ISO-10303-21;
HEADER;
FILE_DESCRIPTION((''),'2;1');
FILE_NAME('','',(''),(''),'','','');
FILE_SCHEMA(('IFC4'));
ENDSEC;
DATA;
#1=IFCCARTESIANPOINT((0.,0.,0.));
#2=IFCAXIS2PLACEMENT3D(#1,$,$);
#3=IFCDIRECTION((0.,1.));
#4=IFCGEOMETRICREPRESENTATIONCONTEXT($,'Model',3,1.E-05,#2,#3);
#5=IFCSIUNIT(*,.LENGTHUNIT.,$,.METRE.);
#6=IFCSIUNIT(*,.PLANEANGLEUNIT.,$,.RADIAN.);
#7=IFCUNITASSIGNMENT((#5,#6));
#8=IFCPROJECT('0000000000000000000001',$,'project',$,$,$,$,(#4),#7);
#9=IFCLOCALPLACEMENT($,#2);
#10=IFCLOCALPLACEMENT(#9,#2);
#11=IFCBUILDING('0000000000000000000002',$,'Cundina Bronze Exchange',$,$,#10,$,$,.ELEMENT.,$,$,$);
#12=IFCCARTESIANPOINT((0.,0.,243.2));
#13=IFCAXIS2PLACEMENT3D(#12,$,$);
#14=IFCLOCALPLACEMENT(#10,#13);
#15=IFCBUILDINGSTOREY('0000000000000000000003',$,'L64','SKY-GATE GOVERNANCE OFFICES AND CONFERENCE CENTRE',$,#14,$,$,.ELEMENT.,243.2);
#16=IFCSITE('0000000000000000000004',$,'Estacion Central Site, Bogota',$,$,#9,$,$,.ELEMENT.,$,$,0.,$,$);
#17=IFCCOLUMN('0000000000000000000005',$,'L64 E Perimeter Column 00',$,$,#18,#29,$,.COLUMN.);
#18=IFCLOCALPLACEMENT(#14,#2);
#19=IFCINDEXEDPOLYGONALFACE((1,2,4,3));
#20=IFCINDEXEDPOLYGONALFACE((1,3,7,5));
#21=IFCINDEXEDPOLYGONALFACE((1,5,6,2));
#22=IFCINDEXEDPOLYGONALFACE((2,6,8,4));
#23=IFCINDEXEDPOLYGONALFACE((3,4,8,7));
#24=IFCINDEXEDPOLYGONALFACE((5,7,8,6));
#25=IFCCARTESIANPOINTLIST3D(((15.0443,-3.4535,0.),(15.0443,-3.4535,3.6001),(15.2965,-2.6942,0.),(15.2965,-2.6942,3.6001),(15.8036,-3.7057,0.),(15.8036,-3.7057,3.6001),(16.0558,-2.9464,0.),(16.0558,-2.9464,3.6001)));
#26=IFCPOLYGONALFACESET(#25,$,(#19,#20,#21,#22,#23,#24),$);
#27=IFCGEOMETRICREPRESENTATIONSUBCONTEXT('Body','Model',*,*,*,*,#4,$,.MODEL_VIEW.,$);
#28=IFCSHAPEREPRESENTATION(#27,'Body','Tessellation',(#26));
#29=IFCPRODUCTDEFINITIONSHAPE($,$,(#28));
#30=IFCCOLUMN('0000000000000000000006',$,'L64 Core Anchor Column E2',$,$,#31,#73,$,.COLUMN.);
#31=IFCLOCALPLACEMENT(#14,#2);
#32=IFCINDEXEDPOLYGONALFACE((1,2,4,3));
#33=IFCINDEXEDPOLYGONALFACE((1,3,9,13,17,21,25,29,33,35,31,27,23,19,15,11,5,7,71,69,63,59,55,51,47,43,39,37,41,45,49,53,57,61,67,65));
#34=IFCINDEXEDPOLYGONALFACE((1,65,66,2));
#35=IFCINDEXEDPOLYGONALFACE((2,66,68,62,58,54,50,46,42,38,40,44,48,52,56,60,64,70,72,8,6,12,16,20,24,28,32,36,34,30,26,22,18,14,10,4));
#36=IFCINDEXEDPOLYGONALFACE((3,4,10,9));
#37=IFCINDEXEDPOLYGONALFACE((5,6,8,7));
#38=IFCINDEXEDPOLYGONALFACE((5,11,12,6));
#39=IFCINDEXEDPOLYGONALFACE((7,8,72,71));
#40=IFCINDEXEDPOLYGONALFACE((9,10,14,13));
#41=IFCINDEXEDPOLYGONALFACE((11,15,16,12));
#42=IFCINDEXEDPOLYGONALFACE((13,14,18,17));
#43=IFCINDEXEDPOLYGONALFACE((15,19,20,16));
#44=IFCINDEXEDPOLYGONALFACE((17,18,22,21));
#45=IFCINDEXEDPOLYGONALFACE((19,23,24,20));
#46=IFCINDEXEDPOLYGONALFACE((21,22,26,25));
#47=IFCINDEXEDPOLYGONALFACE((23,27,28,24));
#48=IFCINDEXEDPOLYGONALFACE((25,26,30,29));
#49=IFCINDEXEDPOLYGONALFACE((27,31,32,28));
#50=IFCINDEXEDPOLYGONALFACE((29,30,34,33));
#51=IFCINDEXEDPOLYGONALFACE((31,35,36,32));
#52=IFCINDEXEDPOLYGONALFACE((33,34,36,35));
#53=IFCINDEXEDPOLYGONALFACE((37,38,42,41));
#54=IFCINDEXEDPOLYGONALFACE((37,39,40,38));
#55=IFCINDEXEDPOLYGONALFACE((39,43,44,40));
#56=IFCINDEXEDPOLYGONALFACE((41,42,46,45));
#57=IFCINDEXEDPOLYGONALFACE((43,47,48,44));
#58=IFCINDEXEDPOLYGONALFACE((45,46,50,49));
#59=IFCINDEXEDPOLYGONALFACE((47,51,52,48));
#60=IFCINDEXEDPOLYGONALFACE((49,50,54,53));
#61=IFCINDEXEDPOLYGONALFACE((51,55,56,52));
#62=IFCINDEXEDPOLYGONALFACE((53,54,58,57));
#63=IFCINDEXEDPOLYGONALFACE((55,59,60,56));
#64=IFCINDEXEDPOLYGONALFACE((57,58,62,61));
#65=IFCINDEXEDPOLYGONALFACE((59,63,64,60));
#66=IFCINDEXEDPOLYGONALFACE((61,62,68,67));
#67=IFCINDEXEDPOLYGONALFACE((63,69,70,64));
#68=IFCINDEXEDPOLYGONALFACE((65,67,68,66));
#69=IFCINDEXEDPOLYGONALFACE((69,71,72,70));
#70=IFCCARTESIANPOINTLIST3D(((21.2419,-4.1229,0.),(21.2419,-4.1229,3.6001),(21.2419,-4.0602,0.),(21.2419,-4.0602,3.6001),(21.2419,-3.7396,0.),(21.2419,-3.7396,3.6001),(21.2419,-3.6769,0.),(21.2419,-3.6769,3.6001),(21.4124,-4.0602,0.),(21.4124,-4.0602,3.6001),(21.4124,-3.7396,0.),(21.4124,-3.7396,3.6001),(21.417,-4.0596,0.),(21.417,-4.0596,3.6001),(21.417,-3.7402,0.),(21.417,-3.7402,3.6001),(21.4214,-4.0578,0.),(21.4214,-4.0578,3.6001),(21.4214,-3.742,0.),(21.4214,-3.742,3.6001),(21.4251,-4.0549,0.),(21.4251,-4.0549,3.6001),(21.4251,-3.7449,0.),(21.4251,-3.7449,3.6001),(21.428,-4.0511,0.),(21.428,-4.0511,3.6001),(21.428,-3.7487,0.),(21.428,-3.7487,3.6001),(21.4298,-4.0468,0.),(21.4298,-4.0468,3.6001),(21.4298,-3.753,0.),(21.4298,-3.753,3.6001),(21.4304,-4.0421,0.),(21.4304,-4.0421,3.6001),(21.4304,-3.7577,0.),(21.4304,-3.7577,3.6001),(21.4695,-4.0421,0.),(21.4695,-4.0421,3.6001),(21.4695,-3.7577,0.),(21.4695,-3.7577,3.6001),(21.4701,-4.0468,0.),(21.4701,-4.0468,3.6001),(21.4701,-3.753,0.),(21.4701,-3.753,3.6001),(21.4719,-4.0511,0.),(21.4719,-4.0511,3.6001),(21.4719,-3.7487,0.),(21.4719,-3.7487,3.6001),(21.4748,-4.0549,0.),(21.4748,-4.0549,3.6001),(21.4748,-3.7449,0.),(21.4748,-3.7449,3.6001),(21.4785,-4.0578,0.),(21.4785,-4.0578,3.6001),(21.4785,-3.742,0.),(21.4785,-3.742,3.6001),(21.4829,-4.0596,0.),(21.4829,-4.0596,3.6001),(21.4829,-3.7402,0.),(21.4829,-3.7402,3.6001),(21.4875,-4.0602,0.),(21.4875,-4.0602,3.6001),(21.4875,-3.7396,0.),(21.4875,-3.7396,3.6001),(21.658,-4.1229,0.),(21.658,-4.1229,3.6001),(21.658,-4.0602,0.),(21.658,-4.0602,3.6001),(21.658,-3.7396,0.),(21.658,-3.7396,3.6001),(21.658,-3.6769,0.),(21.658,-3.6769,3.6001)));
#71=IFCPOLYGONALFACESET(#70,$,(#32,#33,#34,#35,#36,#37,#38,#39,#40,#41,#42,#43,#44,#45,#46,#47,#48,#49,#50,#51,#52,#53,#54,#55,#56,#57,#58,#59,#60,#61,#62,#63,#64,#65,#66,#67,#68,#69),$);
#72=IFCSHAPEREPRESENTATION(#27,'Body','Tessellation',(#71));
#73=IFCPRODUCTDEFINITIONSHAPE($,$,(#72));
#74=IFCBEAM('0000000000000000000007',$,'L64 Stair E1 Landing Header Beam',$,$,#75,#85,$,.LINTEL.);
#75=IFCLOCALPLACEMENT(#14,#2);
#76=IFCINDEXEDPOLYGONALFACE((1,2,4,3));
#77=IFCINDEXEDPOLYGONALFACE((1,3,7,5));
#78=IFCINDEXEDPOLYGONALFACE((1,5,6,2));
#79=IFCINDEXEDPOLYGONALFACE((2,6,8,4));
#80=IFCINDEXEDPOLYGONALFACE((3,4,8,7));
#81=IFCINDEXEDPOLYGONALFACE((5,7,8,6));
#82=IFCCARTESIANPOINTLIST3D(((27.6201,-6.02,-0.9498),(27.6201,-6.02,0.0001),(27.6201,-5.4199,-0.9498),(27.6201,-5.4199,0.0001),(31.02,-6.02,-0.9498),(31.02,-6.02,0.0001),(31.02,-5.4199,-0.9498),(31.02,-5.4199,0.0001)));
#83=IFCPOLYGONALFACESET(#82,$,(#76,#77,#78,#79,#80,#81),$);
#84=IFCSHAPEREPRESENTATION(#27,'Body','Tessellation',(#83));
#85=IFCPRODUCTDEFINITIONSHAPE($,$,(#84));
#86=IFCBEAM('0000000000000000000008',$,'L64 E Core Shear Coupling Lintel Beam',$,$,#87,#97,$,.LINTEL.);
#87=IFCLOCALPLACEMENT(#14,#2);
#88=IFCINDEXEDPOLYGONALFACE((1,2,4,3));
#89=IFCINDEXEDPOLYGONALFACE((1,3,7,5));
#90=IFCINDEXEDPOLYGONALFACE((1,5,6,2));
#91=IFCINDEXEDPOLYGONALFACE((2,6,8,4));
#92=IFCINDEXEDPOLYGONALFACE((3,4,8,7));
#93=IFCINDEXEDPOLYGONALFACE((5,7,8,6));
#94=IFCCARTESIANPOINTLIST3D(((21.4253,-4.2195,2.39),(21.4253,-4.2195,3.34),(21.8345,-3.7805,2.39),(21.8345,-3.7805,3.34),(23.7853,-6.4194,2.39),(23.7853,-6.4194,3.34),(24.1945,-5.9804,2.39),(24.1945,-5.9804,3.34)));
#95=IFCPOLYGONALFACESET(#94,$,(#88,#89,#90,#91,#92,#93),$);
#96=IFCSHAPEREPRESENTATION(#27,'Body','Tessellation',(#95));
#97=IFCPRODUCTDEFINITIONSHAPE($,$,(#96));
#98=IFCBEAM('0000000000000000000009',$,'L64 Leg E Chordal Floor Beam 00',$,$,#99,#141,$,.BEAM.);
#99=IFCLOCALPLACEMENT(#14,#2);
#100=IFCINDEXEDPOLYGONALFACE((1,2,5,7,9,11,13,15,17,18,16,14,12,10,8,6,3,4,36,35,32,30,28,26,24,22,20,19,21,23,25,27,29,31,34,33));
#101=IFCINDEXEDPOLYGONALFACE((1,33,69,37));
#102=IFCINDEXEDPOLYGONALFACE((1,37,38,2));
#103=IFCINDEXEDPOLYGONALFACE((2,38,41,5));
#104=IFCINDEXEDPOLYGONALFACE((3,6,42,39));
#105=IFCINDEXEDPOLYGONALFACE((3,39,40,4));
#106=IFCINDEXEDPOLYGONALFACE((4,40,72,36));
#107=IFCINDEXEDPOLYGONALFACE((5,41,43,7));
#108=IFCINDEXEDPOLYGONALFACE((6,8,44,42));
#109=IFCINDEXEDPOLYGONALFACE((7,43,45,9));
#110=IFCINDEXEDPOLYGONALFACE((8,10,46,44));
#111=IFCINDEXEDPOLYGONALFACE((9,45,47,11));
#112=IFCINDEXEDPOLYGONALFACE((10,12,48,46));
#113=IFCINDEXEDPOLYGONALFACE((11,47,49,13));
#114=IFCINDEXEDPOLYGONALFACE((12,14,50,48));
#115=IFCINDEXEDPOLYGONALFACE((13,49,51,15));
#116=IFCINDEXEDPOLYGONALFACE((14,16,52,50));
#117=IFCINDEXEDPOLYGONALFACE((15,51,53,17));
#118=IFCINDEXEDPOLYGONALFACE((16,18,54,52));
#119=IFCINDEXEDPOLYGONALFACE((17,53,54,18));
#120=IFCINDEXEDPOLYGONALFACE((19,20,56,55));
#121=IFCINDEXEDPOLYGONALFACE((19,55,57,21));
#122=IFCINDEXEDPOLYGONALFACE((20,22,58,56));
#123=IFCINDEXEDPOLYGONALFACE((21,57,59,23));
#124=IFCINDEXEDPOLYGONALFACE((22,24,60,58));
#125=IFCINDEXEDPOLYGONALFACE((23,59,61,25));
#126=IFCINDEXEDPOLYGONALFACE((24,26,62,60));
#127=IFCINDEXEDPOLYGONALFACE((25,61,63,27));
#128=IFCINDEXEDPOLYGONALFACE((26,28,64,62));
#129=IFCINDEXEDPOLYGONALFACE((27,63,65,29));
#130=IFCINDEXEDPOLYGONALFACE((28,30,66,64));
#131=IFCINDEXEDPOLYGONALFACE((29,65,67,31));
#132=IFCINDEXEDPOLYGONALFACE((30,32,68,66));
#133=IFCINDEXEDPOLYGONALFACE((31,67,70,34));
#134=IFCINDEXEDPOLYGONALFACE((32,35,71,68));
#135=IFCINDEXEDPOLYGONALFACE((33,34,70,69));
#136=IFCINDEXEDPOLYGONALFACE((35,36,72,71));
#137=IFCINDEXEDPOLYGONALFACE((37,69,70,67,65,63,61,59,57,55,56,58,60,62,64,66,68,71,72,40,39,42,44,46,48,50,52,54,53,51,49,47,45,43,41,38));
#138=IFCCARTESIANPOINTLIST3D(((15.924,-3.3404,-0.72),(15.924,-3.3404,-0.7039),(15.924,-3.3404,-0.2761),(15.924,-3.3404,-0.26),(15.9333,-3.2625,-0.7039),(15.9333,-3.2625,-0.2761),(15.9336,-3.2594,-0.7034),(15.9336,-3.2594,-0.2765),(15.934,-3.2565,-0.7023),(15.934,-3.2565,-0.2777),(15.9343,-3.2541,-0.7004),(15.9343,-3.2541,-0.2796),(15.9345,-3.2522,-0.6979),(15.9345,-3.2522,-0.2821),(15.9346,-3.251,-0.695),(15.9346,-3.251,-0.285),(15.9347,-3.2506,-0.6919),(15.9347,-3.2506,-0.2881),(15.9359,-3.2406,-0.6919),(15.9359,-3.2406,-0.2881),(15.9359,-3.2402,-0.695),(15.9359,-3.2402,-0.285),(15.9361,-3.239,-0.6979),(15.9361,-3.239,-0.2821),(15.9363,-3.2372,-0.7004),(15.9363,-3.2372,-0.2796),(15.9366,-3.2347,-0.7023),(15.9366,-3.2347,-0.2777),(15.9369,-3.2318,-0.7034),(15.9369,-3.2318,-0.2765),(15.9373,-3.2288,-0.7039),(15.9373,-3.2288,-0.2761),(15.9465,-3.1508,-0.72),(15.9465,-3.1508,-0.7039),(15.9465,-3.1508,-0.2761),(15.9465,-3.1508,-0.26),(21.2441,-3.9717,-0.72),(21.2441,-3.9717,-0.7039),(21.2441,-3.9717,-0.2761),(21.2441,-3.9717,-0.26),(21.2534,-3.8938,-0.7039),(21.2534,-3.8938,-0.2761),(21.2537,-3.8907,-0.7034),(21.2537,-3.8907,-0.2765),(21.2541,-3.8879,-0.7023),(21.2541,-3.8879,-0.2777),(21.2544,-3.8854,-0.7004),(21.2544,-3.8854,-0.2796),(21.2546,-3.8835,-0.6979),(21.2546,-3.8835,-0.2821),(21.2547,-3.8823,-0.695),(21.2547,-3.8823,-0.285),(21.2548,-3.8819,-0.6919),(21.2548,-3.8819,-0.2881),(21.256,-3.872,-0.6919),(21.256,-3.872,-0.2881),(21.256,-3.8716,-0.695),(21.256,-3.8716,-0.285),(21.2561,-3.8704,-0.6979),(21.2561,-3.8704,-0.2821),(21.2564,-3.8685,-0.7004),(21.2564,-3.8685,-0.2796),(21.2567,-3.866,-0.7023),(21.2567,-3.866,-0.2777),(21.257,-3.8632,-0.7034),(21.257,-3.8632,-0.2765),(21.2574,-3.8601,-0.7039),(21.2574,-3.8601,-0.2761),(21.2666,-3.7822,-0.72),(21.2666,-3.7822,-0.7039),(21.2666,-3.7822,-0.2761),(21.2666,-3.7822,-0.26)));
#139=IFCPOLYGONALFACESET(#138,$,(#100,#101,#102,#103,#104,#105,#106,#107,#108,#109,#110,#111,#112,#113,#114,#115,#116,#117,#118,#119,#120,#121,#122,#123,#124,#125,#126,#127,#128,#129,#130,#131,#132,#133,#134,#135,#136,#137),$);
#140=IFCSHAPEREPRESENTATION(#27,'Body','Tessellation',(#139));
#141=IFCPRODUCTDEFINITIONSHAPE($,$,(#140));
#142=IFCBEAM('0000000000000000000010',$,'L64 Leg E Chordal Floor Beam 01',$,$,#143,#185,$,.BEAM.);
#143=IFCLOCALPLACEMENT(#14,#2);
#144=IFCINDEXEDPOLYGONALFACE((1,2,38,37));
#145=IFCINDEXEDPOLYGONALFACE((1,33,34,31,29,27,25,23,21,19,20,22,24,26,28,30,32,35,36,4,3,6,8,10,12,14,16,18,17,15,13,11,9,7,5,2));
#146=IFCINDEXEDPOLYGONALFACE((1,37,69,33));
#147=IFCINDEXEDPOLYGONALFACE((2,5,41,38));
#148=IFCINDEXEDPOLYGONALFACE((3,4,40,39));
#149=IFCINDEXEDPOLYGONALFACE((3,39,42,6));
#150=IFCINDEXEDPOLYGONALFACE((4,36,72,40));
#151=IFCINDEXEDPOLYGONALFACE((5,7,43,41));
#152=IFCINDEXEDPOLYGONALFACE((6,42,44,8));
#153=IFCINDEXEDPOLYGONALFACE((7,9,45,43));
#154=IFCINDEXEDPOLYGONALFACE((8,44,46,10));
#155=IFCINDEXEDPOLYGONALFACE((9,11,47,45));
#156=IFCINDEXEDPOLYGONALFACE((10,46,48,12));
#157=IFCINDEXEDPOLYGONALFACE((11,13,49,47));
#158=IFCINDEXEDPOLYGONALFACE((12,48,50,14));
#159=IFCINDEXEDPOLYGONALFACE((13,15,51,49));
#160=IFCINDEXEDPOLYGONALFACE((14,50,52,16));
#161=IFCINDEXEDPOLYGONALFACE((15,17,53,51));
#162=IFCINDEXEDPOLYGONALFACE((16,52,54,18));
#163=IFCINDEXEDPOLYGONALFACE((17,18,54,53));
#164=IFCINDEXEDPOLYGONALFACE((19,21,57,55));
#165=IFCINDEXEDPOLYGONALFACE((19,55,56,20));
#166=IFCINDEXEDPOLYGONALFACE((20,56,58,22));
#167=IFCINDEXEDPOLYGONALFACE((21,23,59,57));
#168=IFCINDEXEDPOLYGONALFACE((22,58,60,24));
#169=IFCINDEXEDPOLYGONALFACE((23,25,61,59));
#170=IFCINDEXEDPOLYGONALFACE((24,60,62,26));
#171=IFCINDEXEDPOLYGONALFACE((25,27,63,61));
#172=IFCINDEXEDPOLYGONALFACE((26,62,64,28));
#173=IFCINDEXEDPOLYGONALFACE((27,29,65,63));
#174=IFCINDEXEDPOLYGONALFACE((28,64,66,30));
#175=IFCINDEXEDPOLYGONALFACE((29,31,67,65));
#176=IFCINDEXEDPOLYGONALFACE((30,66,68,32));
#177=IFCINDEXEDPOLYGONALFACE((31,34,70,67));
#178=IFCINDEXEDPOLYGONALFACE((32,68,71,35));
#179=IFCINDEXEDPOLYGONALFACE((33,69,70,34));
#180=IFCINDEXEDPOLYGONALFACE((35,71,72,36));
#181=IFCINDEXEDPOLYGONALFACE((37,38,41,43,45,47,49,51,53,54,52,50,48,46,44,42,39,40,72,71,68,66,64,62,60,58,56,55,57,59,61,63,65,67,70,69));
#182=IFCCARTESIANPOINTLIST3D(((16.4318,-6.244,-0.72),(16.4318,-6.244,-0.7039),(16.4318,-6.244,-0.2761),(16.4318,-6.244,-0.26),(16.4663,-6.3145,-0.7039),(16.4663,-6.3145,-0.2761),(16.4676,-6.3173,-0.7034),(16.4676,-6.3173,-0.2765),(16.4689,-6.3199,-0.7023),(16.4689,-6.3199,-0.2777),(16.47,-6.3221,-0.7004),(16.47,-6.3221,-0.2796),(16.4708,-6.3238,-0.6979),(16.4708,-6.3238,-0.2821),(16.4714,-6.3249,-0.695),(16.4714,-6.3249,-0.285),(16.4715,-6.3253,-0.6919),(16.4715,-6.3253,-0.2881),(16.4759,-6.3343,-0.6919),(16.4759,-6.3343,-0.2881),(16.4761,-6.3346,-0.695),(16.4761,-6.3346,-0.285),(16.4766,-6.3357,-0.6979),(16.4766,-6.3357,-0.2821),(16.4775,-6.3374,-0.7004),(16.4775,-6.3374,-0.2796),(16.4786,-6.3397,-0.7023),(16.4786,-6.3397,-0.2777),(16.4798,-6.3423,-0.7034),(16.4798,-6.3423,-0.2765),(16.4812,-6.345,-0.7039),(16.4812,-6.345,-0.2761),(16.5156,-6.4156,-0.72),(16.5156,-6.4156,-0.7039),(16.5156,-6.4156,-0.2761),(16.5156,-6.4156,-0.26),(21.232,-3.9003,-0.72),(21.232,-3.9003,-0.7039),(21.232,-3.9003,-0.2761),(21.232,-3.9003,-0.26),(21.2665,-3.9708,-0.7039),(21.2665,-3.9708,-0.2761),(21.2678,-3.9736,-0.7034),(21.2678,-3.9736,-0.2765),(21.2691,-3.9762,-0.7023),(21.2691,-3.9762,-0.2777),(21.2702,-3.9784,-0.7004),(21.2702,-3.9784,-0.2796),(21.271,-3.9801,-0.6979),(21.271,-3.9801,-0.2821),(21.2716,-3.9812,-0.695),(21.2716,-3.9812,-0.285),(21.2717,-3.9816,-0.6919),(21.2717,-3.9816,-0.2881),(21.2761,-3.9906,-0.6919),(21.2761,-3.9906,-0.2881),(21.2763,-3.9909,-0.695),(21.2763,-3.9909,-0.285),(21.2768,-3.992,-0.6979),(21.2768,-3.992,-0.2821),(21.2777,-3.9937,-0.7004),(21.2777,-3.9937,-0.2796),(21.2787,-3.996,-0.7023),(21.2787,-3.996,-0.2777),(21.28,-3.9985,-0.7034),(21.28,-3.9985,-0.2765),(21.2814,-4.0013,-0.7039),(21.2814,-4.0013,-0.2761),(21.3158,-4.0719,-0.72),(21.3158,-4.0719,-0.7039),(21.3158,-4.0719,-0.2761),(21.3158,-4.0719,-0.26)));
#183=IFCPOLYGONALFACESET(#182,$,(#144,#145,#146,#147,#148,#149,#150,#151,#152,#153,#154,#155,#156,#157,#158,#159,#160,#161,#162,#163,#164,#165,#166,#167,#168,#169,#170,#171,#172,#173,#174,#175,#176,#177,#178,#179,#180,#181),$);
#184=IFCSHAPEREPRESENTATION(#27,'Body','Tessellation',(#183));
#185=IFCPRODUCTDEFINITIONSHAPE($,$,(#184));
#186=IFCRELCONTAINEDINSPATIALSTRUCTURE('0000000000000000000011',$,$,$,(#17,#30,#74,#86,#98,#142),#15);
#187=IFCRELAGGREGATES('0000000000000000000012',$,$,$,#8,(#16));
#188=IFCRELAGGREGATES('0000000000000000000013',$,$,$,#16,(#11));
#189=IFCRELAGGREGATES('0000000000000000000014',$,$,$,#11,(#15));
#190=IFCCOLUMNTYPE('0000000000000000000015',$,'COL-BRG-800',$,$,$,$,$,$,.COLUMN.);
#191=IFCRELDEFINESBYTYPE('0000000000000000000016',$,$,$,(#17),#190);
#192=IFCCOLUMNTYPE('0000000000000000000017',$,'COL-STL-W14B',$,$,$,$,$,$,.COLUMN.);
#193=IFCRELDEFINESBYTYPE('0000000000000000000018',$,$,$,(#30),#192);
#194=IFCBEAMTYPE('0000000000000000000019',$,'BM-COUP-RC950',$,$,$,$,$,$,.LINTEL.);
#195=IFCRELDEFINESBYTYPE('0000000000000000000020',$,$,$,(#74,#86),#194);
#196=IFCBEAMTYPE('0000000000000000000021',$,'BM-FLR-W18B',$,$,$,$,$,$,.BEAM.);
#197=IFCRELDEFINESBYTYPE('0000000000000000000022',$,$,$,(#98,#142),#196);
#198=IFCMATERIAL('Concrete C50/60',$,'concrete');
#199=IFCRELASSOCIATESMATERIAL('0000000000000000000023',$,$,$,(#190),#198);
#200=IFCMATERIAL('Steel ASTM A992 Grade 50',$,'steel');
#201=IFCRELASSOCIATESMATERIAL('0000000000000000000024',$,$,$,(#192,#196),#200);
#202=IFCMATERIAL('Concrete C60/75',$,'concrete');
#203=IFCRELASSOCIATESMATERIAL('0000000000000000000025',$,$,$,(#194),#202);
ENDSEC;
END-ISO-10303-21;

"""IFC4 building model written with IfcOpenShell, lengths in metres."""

from ifc_helpers import new_model, si_unit, direction, frame, origin, origin_2d, place, context, subcontext, project, spatial, rectangle, i_section, extrude, material, material_profile, profile_set, type_object, element, save


model = new_model("IFC4")

# Units and contexts
model_context = context("Model", 3, precision=1e-05, world=origin(), true_north=direction((0.0, 1.0)))
body_context = subcontext(model_context, "Body", "Model", "MODEL_VIEW")
ifc_project = project(units=[si_unit("LENGTHUNIT", "METRE"), si_unit("PLANEANGLEUNIT", "RADIAN")], contexts=[model_context])

# Site, building, storey
site_placement = place(None, origin())
site = spatial("IfcSite", under=ifc_project, at=site_placement, Name="Estacion Central Site, Bogota", CompositionType="ELEMENT", RefElevation=0.0)
building_placement = place(site_placement, origin())
building = spatial("IfcBuilding", under=site, at=building_placement, Name="Cundina Bronze Exchange", CompositionType="ELEMENT")
storey_placement = place(building_placement, frame((0.0, 0.0, 243.2)))
storey = spatial("IfcBuildingStorey", under=building, at=storey_placement, Name="L64", Description="SKY-GATE GOVERNANCE OFFICES AND CONFERENCE CENTRE", CompositionType="ELEMENT", Elevation=243.2)

# Columns
ifc_material_1 = material(Name="Concrete C50/60", Category="concrete")
ifc_material_profile_1 = material_profile(ifc_material_1, rectangle(XDim=0.8, YDim=0.8, at=origin_2d()), Name="RC800X800", Category="concrete")
ifc_profile_set_1 = profile_set([ifc_material_profile_1], Name="Concrete C50/60")
column_type_1 = type_object("IfcColumnType", Name="COL-BRG-800", PredefinedType="COLUMN", material=ifc_profile_set_1)
column_1_placement = place(storey_placement, frame((15.55, -3.2, 0.0), z_axis=(0.0, 0.0, 1.0), x_axis=(-0.315152, -0.949041, 0.0)))
element("IfcColumn", 1, at=column_1_placement, inside=storey, type_object=column_type_1, Name="L64 E Perimeter Column 00", PredefinedType="COLUMN", context=body_context, shape_type="SweptSolid", body=[
    extrude(rectangle(XDim=0.8, YDim=0.8, at=origin_2d()), origin(), (0.0, 0.0, 1.0), 3.6001),
])
ifc_material_2 = material(Name="Steel ASTM A992 Grade 50", Category="steel")
ifc_material_profile_2 = material_profile(ifc_material_2, i_section(OverallWidth=0.416, OverallDepth=0.446, WebThickness=0.0391, FlangeThickness=0.0627, FilletRadius=0.0181, at=origin_2d()), Name="W14X342", Category="steel")
ifc_profile_set_2 = profile_set([ifc_material_profile_2], Name="Steel ASTM A992 Grade 50")
column_type_2 = type_object("IfcColumnType", Name="COL-STL-W14B", PredefinedType="COLUMN", material=ifc_profile_set_2)
column_2_placement = place(storey_placement, frame((21.45, -3.8999, 0.0), z_axis=(0.0, 0.0, 1.0), x_axis=(1.0, 0.0, 0.0)))
element("IfcColumn", 2, at=column_2_placement, inside=storey, type_object=column_type_2, Name="L64 Core Anchor Column E2", PredefinedType="COLUMN", context=body_context, shape_type="SweptSolid", body=[
    extrude(i_section(OverallWidth=0.416, OverallDepth=0.446, WebThickness=0.0391, FlangeThickness=0.0627, FilletRadius=0.0181, at=origin_2d()), origin(), (0.0, 0.0, 1.0), 3.6001),
])

# Beams
ifc_material_3 = material(Name="Concrete C60/75", Category="concrete")
ifc_material_profile_3 = material_profile(ifc_material_3, rectangle(XDim=0.6001, YDim=0.95, at=origin_2d()), Name="RC600X950", Category="concrete")
ifc_profile_set_3 = profile_set([ifc_material_profile_3], Name="Concrete C60/75")
beam_type_1 = type_object("IfcBeamType", Name="BM-COUP-RC950", PredefinedType="LINTEL", material=ifc_profile_set_3)
beam_1_placement = place(storey_placement, frame((27.6201, -5.72, -0.4749), z_axis=(1.0, 0.0, 0.0), x_axis=(0.0, 1.0, 0.0)))
element("IfcBeam", 3, at=beam_1_placement, inside=storey, type_object=beam_type_1, Name="L64 Stair E1 Landing Header Beam", PredefinedType="LINTEL", context=body_context, shape_type="SweptSolid", body=[
    extrude(rectangle(XDim=0.6001, YDim=0.95, at=origin_2d()), origin(), (0.0, 0.0, 1.0), 3.3999),
])
beam_2_placement = place(storey_placement, frame((21.6299, -4.0, 2.865), z_axis=(0.73149, -0.681852, 0.0), x_axis=(0.681852, 0.73149, 0.0)))
element("IfcBeam", 4, at=beam_2_placement, inside=storey, type_object=beam_type_1, Name="L64 E Core Shear Coupling Lintel Beam", PredefinedType="LINTEL", context=body_context, shape_type="SweptSolid", body=[
    extrude(rectangle(XDim=0.6001, YDim=0.95, at=origin_2d()), origin(), (0.0, 0.0, 1.0), 3.2263),
])
ifc_material_profile_4 = material_profile(ifc_material_2, i_section(OverallWidth=0.1909, OverallDepth=0.46, WebThickness=0.01, FlangeThickness=0.0161, FilletRadius=0.012, at=origin_2d()), Name="W18X55", Category="steel")
ifc_profile_set_4 = profile_set([ifc_material_profile_4], Name="Steel ASTM A992 Grade 50")
beam_type_2 = type_object("IfcBeamType", Name="BM-FLR-W18B", PredefinedType="BEAM", material=ifc_profile_set_4)
beam_3_placement = place(storey_placement, frame((21.2554, -3.877, -0.49), z_axis=(-0.993032, 0.117846, 0.0), x_axis=(-0.117846, -0.993032, 0.0)))
element("IfcBeam", 5, at=beam_3_placement, inside=storey, type_object=beam_type_2, Name="L64 Leg E Chordal Floor Beam 00", PredefinedType="BEAM", context=body_context, shape_type="SweptSolid", body=[
    extrude(i_section(OverallWidth=0.1909, OverallDepth=0.46, WebThickness=0.01, FlangeThickness=0.0161, FilletRadius=0.012, at=origin_2d()), origin(), (0.0, 0.0, 1.0), 5.3574),
])
beam_4_placement = place(storey_placement, frame((21.2739, -3.9861, -0.49), z_axis=(-0.89861, -0.438748, 0.0), x_axis=(0.438748, -0.89861, 0.0)))
element("IfcBeam", 6, at=beam_4_placement, inside=storey, type_object=beam_type_2, Name="L64 Leg E Chordal Floor Beam 01", PredefinedType="BEAM", context=body_context, shape_type="SweptSolid", body=[
    extrude(i_section(OverallWidth=0.1909, OverallDepth=0.46, WebThickness=0.01, FlangeThickness=0.0161, FilletRadius=0.012, at=origin_2d()), origin(), (0.0, 0.0, 1.0), 5.3418),
])

save(model, "model.ifc")
